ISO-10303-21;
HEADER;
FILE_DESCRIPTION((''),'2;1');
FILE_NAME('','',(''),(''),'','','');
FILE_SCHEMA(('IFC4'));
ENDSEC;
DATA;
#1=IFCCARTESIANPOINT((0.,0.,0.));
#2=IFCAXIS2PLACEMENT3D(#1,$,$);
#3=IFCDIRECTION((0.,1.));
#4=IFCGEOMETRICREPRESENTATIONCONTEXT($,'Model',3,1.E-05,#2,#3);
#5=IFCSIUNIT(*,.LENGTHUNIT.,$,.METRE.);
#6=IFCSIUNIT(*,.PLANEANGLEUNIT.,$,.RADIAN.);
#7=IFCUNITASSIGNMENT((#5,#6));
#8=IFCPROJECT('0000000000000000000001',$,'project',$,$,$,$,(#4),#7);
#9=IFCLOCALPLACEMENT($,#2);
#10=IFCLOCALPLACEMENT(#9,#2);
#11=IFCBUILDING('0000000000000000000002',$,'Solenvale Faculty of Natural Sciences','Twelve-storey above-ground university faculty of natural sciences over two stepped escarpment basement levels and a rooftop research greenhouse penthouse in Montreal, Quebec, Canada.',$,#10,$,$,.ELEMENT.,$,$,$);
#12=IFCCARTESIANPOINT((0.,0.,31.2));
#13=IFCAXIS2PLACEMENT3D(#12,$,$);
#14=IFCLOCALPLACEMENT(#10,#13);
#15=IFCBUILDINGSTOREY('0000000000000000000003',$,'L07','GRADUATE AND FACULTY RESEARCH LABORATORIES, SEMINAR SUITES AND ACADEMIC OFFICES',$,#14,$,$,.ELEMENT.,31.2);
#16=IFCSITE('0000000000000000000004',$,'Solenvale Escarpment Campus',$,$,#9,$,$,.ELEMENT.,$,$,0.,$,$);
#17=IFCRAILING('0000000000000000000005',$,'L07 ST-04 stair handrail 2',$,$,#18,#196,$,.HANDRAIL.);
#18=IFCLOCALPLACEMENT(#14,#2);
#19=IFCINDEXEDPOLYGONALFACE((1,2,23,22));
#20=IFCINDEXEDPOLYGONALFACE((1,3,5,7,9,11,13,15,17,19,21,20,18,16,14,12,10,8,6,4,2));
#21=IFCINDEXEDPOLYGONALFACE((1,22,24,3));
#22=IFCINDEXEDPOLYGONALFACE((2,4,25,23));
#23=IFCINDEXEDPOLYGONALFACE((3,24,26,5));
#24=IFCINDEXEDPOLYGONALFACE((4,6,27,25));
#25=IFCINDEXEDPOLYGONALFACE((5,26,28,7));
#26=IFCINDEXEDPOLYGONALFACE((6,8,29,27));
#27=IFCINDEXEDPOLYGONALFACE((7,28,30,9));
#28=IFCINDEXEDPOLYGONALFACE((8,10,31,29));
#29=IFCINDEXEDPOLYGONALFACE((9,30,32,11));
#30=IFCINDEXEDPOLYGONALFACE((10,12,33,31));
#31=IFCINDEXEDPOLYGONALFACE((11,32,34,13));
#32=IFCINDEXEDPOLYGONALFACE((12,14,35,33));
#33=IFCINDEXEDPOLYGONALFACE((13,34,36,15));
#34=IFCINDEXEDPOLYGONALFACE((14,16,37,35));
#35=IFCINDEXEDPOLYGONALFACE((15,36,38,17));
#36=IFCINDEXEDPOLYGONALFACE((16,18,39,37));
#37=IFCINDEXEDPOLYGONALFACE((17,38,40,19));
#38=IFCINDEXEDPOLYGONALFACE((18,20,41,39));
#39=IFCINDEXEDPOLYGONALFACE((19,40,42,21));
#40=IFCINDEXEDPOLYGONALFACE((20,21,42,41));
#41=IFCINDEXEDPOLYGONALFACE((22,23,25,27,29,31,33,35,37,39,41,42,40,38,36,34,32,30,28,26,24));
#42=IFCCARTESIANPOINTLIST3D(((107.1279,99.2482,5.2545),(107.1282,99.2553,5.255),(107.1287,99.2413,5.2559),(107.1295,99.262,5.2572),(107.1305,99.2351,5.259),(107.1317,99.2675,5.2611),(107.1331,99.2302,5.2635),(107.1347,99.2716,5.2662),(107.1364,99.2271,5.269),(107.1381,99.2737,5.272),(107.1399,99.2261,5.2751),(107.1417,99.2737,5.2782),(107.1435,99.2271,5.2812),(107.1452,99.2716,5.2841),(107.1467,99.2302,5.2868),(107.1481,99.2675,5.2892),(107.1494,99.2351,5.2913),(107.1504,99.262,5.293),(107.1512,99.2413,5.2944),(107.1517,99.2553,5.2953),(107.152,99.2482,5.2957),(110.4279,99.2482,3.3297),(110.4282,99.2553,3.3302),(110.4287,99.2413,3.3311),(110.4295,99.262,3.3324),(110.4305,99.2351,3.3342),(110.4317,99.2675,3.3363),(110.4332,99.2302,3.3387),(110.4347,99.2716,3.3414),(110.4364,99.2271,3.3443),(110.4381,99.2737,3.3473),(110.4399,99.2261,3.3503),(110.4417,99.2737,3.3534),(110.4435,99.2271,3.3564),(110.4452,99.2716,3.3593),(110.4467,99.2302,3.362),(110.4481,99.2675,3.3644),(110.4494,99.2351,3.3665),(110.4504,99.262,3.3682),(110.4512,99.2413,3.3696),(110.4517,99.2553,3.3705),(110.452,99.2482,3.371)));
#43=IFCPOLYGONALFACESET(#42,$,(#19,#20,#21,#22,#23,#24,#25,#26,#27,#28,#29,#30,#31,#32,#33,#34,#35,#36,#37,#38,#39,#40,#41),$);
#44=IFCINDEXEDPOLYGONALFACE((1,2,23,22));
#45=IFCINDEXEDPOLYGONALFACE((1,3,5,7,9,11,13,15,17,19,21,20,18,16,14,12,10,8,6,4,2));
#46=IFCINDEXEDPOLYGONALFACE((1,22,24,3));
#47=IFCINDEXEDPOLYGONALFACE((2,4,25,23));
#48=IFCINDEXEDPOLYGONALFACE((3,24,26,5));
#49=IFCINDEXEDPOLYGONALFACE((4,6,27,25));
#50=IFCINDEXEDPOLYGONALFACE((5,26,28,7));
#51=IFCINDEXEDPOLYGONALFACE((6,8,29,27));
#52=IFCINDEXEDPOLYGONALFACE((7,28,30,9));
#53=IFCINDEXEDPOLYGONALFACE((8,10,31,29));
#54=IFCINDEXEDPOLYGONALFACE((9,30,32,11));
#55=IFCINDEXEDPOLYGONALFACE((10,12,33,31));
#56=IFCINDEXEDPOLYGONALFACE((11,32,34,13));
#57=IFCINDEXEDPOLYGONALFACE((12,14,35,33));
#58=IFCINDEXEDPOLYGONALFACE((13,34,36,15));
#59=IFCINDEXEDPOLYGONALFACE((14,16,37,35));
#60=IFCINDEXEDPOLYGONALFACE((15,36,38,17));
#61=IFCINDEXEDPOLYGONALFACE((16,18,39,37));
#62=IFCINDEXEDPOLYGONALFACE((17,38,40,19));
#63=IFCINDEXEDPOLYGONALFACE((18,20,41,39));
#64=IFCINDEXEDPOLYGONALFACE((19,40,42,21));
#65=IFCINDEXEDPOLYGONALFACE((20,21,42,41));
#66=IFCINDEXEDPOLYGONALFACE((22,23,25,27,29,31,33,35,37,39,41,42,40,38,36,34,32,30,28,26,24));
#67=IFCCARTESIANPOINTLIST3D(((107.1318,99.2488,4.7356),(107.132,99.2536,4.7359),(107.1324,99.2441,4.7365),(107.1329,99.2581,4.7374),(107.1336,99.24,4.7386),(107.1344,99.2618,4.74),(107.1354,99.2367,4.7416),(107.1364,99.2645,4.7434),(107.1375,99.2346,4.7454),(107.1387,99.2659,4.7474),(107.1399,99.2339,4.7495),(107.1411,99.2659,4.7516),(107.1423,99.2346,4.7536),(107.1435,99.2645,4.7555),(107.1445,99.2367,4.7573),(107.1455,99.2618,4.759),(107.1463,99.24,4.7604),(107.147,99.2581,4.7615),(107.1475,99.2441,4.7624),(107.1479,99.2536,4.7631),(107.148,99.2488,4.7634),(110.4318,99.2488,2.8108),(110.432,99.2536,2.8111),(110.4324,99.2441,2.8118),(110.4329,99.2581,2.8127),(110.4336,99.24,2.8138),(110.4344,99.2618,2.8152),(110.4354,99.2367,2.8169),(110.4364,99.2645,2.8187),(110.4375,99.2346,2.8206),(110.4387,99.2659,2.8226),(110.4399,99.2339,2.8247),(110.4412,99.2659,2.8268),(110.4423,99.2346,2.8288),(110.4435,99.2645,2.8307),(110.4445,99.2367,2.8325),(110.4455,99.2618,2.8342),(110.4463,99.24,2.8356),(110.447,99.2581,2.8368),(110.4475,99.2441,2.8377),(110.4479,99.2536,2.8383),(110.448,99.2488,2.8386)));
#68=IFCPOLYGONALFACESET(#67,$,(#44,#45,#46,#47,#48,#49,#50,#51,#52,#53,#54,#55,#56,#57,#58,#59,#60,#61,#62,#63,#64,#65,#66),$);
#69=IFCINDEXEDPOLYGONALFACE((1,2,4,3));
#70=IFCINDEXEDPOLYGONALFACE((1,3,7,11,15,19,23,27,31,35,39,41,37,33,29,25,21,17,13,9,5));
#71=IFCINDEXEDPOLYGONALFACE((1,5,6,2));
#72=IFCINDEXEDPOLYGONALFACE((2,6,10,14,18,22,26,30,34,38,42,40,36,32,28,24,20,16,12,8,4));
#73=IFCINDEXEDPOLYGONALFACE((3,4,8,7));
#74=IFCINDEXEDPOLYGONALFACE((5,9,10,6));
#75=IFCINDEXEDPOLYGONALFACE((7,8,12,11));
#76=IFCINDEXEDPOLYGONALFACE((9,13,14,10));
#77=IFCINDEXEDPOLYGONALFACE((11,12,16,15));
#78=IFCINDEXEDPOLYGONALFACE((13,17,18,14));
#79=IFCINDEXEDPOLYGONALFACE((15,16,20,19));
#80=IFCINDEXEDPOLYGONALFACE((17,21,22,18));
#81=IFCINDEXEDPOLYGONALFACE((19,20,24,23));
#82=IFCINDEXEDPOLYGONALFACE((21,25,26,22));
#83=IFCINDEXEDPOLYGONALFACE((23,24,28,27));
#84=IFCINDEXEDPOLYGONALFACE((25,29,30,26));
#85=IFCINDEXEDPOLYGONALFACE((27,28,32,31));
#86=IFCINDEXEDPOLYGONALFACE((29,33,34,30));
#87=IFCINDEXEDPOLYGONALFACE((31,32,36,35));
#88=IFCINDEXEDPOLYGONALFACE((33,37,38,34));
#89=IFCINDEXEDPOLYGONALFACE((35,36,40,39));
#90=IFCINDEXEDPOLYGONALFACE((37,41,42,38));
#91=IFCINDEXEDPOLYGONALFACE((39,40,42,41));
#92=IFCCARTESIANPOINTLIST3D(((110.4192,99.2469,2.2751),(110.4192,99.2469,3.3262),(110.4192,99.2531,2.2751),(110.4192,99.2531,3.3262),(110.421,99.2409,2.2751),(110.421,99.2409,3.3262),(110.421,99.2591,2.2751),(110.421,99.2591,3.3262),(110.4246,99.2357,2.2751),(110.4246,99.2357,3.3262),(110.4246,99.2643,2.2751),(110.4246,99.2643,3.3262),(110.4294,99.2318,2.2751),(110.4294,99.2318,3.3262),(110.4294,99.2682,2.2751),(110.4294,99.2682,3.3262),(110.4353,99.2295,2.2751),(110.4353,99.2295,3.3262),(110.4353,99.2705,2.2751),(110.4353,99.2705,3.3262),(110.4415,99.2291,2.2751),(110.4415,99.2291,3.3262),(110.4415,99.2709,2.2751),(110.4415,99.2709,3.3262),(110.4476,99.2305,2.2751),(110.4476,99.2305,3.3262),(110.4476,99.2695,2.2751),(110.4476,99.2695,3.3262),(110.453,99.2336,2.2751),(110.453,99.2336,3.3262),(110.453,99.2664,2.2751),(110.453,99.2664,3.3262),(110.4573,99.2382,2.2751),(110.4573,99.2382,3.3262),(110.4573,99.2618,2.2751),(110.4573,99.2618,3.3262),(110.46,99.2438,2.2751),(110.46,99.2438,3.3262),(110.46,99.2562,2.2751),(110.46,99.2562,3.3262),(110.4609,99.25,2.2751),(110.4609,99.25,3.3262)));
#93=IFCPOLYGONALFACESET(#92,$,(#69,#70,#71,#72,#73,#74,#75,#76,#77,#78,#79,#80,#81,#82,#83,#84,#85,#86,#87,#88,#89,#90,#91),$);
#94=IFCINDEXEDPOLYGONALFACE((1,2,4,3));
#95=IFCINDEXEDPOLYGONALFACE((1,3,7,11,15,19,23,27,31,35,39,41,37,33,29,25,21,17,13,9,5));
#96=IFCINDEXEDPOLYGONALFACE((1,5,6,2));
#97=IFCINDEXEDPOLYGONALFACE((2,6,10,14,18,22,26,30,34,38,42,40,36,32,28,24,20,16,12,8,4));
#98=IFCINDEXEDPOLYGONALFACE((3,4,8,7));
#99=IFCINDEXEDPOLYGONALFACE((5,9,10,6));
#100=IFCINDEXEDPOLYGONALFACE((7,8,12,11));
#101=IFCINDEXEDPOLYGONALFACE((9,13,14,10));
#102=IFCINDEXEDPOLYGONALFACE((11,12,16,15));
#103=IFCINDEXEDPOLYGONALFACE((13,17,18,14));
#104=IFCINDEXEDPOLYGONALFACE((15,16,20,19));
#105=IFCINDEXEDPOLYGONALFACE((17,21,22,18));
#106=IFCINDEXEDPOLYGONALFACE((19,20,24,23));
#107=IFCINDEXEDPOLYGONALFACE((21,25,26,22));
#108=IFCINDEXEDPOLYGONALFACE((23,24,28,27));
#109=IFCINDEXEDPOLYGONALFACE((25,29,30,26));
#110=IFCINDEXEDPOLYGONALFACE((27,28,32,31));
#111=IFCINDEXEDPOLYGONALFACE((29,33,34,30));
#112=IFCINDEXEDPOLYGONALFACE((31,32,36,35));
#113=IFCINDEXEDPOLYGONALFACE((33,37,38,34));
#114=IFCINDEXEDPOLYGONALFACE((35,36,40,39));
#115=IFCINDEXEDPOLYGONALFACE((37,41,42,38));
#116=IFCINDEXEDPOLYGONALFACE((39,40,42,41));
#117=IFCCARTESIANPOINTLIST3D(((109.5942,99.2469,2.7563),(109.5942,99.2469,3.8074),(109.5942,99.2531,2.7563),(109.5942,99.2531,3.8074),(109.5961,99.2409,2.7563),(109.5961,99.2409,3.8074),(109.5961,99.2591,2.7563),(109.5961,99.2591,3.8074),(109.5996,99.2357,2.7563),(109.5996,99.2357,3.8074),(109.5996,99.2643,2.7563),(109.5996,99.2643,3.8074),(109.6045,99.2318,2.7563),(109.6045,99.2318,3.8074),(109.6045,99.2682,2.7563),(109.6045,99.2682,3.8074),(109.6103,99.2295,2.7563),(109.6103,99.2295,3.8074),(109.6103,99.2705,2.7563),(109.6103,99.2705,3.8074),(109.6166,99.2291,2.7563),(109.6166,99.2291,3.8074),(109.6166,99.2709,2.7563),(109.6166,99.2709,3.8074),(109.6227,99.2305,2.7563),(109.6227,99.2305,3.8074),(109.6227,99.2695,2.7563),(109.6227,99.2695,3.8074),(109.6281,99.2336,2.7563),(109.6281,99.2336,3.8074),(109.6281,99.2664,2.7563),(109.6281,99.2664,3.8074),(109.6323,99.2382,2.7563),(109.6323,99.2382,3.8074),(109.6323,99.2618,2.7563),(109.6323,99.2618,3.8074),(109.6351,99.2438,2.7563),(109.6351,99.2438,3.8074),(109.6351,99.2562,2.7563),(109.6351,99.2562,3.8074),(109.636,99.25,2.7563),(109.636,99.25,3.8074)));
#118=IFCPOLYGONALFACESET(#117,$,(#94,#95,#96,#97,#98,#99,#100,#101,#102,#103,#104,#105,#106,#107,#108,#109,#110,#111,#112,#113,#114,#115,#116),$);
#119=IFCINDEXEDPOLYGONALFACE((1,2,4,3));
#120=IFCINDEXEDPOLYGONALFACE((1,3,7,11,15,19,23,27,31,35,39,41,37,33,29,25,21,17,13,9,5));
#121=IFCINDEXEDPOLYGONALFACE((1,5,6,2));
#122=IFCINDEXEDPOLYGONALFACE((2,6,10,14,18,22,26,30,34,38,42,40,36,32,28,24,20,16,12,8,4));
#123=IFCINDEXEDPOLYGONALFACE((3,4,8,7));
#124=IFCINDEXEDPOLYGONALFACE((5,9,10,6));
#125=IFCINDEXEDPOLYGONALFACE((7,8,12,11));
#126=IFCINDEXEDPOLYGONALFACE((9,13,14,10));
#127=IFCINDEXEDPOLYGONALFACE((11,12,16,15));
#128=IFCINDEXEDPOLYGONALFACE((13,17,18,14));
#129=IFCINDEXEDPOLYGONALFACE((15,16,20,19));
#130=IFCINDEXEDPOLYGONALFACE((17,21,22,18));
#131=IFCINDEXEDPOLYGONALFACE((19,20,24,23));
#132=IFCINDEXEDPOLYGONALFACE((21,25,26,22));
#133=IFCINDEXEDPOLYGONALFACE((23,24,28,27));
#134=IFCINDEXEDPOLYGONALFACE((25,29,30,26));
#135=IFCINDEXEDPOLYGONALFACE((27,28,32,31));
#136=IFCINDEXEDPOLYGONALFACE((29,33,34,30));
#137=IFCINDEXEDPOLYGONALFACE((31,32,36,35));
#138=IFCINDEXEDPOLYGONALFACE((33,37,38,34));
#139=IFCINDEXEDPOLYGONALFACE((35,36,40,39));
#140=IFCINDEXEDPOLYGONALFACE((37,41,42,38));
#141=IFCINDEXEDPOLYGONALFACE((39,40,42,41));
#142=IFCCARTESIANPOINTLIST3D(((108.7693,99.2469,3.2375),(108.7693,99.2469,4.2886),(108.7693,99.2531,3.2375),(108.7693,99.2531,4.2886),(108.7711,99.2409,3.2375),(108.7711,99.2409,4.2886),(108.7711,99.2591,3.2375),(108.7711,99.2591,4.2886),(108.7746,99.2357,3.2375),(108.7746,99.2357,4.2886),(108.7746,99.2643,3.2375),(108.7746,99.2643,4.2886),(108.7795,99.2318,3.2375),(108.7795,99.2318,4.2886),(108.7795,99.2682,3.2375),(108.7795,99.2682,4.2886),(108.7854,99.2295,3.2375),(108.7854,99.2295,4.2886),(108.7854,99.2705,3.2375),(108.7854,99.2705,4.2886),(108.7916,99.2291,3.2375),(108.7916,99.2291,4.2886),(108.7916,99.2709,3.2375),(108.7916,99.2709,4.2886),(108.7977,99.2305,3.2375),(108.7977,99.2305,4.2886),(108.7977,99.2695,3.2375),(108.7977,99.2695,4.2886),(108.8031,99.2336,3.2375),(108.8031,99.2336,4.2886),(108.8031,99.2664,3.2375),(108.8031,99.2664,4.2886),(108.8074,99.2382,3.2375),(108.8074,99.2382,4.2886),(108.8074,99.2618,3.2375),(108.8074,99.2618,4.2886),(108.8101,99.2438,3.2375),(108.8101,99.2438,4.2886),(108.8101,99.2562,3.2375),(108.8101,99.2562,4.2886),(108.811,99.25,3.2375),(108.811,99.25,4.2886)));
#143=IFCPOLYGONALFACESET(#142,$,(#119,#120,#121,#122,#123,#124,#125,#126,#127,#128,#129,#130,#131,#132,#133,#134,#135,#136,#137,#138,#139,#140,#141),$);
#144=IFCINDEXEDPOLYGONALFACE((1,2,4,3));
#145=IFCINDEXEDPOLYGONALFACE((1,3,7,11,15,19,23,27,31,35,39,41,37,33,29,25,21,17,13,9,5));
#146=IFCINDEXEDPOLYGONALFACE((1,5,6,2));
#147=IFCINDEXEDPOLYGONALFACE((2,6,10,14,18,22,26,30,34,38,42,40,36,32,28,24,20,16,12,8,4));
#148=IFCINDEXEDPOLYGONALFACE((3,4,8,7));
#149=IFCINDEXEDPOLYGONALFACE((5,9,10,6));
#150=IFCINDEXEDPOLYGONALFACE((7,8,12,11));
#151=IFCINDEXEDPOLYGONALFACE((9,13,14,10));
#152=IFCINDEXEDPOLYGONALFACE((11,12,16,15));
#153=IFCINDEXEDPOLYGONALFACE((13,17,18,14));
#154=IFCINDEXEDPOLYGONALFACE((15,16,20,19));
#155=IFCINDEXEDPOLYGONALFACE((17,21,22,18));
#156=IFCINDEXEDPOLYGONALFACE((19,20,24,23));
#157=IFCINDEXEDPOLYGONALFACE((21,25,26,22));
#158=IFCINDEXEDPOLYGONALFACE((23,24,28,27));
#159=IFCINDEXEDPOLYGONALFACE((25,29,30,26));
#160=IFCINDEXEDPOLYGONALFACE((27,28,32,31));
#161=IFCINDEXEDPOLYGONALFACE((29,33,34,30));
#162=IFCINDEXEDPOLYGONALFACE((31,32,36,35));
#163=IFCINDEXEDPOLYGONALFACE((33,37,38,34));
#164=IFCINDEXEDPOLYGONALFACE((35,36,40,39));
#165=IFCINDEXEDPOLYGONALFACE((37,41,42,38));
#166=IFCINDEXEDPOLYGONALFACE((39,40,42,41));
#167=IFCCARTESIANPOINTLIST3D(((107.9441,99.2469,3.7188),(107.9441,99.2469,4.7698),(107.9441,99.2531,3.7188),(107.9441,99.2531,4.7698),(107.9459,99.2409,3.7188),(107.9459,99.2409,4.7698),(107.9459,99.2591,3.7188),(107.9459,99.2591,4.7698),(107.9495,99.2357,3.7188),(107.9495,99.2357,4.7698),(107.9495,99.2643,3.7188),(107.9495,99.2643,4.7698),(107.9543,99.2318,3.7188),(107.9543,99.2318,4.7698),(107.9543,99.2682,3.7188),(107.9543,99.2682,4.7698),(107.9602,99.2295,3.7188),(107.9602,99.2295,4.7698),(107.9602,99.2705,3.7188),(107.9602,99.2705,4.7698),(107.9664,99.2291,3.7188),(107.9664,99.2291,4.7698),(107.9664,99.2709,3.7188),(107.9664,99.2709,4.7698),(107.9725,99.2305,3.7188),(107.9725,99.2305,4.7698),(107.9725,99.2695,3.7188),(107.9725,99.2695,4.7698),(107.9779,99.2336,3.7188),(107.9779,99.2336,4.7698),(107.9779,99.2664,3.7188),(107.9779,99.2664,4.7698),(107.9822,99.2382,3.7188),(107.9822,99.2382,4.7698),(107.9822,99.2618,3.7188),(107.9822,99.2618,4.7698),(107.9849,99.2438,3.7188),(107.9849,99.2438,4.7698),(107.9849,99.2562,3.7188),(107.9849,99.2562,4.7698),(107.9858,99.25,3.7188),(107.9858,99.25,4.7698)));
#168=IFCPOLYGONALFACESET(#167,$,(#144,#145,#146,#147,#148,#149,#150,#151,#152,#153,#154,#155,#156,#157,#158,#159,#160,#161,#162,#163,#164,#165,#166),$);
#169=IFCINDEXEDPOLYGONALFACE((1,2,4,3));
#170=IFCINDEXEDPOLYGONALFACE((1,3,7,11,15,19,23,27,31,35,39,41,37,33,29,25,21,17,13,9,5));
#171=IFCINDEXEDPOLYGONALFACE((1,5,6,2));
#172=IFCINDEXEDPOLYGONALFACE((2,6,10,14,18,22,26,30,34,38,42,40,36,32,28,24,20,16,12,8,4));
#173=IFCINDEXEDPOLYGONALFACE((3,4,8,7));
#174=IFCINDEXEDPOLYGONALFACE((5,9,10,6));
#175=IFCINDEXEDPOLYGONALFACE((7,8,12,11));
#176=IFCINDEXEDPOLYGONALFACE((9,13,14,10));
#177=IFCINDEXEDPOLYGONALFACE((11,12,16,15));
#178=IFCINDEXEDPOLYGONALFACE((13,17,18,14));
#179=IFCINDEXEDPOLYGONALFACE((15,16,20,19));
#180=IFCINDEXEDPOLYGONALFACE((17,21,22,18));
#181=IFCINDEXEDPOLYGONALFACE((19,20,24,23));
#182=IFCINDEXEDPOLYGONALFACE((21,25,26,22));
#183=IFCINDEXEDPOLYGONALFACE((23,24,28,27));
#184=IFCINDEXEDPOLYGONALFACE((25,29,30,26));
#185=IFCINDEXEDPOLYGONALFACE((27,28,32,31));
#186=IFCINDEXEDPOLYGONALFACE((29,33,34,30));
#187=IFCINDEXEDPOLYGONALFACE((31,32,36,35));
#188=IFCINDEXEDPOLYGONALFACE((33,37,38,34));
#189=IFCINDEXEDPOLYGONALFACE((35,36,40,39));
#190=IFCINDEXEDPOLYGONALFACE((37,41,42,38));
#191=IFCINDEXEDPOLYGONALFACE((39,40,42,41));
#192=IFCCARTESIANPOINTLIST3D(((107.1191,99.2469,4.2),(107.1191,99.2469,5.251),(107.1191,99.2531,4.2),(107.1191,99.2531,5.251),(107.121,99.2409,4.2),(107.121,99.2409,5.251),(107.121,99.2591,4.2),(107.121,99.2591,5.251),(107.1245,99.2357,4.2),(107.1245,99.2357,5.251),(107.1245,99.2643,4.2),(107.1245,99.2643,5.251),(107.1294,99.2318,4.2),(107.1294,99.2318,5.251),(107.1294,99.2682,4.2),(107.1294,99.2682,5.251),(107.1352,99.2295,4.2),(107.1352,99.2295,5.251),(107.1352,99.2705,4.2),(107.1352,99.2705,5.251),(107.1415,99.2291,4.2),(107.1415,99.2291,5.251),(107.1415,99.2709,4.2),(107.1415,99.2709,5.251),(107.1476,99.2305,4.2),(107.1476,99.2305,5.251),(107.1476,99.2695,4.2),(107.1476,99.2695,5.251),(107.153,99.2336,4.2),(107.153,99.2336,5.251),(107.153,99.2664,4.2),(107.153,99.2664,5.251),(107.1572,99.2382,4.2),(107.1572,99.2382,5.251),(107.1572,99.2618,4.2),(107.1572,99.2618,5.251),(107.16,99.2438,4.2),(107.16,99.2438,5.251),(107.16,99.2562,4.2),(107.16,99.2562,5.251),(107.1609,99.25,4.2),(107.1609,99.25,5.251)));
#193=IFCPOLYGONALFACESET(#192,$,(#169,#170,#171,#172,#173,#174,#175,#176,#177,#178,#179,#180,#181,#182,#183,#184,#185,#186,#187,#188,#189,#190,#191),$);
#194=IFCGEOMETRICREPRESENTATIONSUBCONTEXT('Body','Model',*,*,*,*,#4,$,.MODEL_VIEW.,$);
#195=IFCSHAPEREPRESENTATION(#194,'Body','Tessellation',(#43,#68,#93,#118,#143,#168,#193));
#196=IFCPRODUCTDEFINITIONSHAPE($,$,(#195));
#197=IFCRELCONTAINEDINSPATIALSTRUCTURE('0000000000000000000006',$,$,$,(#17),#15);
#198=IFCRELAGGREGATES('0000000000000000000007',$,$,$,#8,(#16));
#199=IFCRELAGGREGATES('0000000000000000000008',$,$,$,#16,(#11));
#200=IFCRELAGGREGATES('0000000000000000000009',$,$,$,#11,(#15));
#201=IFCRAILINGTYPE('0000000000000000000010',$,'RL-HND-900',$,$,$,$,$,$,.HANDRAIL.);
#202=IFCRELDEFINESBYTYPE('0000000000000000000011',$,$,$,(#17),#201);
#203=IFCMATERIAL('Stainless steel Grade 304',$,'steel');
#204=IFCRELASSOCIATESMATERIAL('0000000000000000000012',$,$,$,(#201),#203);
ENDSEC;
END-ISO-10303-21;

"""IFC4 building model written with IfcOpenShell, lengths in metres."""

from ifc_helpers import new_model, si_unit, direction, frame, origin, origin_2d, place, context, subcontext, project, spatial, circle, extrude, material, type_object, element, save


model = new_model("IFC4")

# Units and contexts
model_context = context("Model", 3, precision=1e-05, world=origin(), true_north=direction((0.0, 1.0)))
body_context = subcontext(model_context, "Body", "Model", "MODEL_VIEW")
ifc_project = project(units=[si_unit("LENGTHUNIT", "METRE"), si_unit("PLANEANGLEUNIT", "RADIAN")], contexts=[model_context])

# Site, building, storey
site_placement = place(None, origin())
site = spatial("IfcSite", under=ifc_project, at=site_placement, Name="Solenvale Escarpment Campus", CompositionType="ELEMENT", RefElevation=0.0)
building_placement = place(site_placement, origin())
building = spatial("IfcBuilding", under=site, at=building_placement, Name="Solenvale Faculty of Natural Sciences", Description="Twelve-storey above-ground university faculty of natural sciences over two stepped escarpment basement levels and a rooftop research greenhouse penthouse in Montreal, Quebec, Canada.", CompositionType="ELEMENT")
storey_placement = place(building_placement, frame((0.0, 0.0, 31.2)))
storey = spatial("IfcBuildingStorey", under=building, at=storey_placement, Name="L07", Description="GRADUATE AND FACULTY RESEARCH LABORATORIES, SEMINAR SUITES AND ACADEMIC OFFICES", CompositionType="ELEMENT", Elevation=31.2)

# Railing
ifc_material_1 = material(Name="Stainless steel Grade 304", Category="steel")
railing_type_1 = type_object("IfcRailingType", Name="RL-HND-900", PredefinedType="HANDRAIL", material=ifc_material_1)
railing_1_placement = place(storey_placement, frame((110.4399, 99.25, 2.2751)))
element("IfcRailing", 1, at=railing_1_placement, inside=storey, type_object=railing_type_1, Name="L07 ST-04 stair handrail 2", PredefinedType="HANDRAIL", context=body_context, shape_type="SweptSolid", body=[
    extrude(circle(Radius=0.0239, at=origin_2d()), frame((0.0, 0.0, 1.0752), z_axis=(-0.863804, 0.0, 0.503827), x_axis=(0.0, -1.0, 0.0)), (0.0, 0.0, 1.0), 3.8203),
    extrude(circle(Radius=0.0161, at=origin_2d()), frame((0.0, 0.0, 0.5496), z_axis=(-0.863804, 0.0, 0.503827), x_axis=(0.0, -1.0, 0.0)), (0.0, 0.0, 1.0), 3.8203),
    extrude(circle(Radius=0.021, at=origin_2d()), origin(), (0.0, 0.0, 1.0), 1.051),
    extrude(circle(Radius=0.021, at=origin_2d()), frame((-0.825, 0.0, 0.4812)), (0.0, 0.0, 1.0), 1.051),
    extrude(circle(Radius=0.021, at=origin_2d()), frame((-1.6499, 0.0, 0.9624)), (0.0, 0.0, 1.0), 1.051),
    extrude(circle(Radius=0.021, at=origin_2d()), frame((-2.4751, 0.0, 1.4436)), (0.0, 0.0, 1.0), 1.051),
    extrude(circle(Radius=0.021, at=origin_2d()), frame((-3.3, 0.0, 1.9248)), (0.0, 0.0, 1.0), 1.051),
])

save(model, "model.ifc")
